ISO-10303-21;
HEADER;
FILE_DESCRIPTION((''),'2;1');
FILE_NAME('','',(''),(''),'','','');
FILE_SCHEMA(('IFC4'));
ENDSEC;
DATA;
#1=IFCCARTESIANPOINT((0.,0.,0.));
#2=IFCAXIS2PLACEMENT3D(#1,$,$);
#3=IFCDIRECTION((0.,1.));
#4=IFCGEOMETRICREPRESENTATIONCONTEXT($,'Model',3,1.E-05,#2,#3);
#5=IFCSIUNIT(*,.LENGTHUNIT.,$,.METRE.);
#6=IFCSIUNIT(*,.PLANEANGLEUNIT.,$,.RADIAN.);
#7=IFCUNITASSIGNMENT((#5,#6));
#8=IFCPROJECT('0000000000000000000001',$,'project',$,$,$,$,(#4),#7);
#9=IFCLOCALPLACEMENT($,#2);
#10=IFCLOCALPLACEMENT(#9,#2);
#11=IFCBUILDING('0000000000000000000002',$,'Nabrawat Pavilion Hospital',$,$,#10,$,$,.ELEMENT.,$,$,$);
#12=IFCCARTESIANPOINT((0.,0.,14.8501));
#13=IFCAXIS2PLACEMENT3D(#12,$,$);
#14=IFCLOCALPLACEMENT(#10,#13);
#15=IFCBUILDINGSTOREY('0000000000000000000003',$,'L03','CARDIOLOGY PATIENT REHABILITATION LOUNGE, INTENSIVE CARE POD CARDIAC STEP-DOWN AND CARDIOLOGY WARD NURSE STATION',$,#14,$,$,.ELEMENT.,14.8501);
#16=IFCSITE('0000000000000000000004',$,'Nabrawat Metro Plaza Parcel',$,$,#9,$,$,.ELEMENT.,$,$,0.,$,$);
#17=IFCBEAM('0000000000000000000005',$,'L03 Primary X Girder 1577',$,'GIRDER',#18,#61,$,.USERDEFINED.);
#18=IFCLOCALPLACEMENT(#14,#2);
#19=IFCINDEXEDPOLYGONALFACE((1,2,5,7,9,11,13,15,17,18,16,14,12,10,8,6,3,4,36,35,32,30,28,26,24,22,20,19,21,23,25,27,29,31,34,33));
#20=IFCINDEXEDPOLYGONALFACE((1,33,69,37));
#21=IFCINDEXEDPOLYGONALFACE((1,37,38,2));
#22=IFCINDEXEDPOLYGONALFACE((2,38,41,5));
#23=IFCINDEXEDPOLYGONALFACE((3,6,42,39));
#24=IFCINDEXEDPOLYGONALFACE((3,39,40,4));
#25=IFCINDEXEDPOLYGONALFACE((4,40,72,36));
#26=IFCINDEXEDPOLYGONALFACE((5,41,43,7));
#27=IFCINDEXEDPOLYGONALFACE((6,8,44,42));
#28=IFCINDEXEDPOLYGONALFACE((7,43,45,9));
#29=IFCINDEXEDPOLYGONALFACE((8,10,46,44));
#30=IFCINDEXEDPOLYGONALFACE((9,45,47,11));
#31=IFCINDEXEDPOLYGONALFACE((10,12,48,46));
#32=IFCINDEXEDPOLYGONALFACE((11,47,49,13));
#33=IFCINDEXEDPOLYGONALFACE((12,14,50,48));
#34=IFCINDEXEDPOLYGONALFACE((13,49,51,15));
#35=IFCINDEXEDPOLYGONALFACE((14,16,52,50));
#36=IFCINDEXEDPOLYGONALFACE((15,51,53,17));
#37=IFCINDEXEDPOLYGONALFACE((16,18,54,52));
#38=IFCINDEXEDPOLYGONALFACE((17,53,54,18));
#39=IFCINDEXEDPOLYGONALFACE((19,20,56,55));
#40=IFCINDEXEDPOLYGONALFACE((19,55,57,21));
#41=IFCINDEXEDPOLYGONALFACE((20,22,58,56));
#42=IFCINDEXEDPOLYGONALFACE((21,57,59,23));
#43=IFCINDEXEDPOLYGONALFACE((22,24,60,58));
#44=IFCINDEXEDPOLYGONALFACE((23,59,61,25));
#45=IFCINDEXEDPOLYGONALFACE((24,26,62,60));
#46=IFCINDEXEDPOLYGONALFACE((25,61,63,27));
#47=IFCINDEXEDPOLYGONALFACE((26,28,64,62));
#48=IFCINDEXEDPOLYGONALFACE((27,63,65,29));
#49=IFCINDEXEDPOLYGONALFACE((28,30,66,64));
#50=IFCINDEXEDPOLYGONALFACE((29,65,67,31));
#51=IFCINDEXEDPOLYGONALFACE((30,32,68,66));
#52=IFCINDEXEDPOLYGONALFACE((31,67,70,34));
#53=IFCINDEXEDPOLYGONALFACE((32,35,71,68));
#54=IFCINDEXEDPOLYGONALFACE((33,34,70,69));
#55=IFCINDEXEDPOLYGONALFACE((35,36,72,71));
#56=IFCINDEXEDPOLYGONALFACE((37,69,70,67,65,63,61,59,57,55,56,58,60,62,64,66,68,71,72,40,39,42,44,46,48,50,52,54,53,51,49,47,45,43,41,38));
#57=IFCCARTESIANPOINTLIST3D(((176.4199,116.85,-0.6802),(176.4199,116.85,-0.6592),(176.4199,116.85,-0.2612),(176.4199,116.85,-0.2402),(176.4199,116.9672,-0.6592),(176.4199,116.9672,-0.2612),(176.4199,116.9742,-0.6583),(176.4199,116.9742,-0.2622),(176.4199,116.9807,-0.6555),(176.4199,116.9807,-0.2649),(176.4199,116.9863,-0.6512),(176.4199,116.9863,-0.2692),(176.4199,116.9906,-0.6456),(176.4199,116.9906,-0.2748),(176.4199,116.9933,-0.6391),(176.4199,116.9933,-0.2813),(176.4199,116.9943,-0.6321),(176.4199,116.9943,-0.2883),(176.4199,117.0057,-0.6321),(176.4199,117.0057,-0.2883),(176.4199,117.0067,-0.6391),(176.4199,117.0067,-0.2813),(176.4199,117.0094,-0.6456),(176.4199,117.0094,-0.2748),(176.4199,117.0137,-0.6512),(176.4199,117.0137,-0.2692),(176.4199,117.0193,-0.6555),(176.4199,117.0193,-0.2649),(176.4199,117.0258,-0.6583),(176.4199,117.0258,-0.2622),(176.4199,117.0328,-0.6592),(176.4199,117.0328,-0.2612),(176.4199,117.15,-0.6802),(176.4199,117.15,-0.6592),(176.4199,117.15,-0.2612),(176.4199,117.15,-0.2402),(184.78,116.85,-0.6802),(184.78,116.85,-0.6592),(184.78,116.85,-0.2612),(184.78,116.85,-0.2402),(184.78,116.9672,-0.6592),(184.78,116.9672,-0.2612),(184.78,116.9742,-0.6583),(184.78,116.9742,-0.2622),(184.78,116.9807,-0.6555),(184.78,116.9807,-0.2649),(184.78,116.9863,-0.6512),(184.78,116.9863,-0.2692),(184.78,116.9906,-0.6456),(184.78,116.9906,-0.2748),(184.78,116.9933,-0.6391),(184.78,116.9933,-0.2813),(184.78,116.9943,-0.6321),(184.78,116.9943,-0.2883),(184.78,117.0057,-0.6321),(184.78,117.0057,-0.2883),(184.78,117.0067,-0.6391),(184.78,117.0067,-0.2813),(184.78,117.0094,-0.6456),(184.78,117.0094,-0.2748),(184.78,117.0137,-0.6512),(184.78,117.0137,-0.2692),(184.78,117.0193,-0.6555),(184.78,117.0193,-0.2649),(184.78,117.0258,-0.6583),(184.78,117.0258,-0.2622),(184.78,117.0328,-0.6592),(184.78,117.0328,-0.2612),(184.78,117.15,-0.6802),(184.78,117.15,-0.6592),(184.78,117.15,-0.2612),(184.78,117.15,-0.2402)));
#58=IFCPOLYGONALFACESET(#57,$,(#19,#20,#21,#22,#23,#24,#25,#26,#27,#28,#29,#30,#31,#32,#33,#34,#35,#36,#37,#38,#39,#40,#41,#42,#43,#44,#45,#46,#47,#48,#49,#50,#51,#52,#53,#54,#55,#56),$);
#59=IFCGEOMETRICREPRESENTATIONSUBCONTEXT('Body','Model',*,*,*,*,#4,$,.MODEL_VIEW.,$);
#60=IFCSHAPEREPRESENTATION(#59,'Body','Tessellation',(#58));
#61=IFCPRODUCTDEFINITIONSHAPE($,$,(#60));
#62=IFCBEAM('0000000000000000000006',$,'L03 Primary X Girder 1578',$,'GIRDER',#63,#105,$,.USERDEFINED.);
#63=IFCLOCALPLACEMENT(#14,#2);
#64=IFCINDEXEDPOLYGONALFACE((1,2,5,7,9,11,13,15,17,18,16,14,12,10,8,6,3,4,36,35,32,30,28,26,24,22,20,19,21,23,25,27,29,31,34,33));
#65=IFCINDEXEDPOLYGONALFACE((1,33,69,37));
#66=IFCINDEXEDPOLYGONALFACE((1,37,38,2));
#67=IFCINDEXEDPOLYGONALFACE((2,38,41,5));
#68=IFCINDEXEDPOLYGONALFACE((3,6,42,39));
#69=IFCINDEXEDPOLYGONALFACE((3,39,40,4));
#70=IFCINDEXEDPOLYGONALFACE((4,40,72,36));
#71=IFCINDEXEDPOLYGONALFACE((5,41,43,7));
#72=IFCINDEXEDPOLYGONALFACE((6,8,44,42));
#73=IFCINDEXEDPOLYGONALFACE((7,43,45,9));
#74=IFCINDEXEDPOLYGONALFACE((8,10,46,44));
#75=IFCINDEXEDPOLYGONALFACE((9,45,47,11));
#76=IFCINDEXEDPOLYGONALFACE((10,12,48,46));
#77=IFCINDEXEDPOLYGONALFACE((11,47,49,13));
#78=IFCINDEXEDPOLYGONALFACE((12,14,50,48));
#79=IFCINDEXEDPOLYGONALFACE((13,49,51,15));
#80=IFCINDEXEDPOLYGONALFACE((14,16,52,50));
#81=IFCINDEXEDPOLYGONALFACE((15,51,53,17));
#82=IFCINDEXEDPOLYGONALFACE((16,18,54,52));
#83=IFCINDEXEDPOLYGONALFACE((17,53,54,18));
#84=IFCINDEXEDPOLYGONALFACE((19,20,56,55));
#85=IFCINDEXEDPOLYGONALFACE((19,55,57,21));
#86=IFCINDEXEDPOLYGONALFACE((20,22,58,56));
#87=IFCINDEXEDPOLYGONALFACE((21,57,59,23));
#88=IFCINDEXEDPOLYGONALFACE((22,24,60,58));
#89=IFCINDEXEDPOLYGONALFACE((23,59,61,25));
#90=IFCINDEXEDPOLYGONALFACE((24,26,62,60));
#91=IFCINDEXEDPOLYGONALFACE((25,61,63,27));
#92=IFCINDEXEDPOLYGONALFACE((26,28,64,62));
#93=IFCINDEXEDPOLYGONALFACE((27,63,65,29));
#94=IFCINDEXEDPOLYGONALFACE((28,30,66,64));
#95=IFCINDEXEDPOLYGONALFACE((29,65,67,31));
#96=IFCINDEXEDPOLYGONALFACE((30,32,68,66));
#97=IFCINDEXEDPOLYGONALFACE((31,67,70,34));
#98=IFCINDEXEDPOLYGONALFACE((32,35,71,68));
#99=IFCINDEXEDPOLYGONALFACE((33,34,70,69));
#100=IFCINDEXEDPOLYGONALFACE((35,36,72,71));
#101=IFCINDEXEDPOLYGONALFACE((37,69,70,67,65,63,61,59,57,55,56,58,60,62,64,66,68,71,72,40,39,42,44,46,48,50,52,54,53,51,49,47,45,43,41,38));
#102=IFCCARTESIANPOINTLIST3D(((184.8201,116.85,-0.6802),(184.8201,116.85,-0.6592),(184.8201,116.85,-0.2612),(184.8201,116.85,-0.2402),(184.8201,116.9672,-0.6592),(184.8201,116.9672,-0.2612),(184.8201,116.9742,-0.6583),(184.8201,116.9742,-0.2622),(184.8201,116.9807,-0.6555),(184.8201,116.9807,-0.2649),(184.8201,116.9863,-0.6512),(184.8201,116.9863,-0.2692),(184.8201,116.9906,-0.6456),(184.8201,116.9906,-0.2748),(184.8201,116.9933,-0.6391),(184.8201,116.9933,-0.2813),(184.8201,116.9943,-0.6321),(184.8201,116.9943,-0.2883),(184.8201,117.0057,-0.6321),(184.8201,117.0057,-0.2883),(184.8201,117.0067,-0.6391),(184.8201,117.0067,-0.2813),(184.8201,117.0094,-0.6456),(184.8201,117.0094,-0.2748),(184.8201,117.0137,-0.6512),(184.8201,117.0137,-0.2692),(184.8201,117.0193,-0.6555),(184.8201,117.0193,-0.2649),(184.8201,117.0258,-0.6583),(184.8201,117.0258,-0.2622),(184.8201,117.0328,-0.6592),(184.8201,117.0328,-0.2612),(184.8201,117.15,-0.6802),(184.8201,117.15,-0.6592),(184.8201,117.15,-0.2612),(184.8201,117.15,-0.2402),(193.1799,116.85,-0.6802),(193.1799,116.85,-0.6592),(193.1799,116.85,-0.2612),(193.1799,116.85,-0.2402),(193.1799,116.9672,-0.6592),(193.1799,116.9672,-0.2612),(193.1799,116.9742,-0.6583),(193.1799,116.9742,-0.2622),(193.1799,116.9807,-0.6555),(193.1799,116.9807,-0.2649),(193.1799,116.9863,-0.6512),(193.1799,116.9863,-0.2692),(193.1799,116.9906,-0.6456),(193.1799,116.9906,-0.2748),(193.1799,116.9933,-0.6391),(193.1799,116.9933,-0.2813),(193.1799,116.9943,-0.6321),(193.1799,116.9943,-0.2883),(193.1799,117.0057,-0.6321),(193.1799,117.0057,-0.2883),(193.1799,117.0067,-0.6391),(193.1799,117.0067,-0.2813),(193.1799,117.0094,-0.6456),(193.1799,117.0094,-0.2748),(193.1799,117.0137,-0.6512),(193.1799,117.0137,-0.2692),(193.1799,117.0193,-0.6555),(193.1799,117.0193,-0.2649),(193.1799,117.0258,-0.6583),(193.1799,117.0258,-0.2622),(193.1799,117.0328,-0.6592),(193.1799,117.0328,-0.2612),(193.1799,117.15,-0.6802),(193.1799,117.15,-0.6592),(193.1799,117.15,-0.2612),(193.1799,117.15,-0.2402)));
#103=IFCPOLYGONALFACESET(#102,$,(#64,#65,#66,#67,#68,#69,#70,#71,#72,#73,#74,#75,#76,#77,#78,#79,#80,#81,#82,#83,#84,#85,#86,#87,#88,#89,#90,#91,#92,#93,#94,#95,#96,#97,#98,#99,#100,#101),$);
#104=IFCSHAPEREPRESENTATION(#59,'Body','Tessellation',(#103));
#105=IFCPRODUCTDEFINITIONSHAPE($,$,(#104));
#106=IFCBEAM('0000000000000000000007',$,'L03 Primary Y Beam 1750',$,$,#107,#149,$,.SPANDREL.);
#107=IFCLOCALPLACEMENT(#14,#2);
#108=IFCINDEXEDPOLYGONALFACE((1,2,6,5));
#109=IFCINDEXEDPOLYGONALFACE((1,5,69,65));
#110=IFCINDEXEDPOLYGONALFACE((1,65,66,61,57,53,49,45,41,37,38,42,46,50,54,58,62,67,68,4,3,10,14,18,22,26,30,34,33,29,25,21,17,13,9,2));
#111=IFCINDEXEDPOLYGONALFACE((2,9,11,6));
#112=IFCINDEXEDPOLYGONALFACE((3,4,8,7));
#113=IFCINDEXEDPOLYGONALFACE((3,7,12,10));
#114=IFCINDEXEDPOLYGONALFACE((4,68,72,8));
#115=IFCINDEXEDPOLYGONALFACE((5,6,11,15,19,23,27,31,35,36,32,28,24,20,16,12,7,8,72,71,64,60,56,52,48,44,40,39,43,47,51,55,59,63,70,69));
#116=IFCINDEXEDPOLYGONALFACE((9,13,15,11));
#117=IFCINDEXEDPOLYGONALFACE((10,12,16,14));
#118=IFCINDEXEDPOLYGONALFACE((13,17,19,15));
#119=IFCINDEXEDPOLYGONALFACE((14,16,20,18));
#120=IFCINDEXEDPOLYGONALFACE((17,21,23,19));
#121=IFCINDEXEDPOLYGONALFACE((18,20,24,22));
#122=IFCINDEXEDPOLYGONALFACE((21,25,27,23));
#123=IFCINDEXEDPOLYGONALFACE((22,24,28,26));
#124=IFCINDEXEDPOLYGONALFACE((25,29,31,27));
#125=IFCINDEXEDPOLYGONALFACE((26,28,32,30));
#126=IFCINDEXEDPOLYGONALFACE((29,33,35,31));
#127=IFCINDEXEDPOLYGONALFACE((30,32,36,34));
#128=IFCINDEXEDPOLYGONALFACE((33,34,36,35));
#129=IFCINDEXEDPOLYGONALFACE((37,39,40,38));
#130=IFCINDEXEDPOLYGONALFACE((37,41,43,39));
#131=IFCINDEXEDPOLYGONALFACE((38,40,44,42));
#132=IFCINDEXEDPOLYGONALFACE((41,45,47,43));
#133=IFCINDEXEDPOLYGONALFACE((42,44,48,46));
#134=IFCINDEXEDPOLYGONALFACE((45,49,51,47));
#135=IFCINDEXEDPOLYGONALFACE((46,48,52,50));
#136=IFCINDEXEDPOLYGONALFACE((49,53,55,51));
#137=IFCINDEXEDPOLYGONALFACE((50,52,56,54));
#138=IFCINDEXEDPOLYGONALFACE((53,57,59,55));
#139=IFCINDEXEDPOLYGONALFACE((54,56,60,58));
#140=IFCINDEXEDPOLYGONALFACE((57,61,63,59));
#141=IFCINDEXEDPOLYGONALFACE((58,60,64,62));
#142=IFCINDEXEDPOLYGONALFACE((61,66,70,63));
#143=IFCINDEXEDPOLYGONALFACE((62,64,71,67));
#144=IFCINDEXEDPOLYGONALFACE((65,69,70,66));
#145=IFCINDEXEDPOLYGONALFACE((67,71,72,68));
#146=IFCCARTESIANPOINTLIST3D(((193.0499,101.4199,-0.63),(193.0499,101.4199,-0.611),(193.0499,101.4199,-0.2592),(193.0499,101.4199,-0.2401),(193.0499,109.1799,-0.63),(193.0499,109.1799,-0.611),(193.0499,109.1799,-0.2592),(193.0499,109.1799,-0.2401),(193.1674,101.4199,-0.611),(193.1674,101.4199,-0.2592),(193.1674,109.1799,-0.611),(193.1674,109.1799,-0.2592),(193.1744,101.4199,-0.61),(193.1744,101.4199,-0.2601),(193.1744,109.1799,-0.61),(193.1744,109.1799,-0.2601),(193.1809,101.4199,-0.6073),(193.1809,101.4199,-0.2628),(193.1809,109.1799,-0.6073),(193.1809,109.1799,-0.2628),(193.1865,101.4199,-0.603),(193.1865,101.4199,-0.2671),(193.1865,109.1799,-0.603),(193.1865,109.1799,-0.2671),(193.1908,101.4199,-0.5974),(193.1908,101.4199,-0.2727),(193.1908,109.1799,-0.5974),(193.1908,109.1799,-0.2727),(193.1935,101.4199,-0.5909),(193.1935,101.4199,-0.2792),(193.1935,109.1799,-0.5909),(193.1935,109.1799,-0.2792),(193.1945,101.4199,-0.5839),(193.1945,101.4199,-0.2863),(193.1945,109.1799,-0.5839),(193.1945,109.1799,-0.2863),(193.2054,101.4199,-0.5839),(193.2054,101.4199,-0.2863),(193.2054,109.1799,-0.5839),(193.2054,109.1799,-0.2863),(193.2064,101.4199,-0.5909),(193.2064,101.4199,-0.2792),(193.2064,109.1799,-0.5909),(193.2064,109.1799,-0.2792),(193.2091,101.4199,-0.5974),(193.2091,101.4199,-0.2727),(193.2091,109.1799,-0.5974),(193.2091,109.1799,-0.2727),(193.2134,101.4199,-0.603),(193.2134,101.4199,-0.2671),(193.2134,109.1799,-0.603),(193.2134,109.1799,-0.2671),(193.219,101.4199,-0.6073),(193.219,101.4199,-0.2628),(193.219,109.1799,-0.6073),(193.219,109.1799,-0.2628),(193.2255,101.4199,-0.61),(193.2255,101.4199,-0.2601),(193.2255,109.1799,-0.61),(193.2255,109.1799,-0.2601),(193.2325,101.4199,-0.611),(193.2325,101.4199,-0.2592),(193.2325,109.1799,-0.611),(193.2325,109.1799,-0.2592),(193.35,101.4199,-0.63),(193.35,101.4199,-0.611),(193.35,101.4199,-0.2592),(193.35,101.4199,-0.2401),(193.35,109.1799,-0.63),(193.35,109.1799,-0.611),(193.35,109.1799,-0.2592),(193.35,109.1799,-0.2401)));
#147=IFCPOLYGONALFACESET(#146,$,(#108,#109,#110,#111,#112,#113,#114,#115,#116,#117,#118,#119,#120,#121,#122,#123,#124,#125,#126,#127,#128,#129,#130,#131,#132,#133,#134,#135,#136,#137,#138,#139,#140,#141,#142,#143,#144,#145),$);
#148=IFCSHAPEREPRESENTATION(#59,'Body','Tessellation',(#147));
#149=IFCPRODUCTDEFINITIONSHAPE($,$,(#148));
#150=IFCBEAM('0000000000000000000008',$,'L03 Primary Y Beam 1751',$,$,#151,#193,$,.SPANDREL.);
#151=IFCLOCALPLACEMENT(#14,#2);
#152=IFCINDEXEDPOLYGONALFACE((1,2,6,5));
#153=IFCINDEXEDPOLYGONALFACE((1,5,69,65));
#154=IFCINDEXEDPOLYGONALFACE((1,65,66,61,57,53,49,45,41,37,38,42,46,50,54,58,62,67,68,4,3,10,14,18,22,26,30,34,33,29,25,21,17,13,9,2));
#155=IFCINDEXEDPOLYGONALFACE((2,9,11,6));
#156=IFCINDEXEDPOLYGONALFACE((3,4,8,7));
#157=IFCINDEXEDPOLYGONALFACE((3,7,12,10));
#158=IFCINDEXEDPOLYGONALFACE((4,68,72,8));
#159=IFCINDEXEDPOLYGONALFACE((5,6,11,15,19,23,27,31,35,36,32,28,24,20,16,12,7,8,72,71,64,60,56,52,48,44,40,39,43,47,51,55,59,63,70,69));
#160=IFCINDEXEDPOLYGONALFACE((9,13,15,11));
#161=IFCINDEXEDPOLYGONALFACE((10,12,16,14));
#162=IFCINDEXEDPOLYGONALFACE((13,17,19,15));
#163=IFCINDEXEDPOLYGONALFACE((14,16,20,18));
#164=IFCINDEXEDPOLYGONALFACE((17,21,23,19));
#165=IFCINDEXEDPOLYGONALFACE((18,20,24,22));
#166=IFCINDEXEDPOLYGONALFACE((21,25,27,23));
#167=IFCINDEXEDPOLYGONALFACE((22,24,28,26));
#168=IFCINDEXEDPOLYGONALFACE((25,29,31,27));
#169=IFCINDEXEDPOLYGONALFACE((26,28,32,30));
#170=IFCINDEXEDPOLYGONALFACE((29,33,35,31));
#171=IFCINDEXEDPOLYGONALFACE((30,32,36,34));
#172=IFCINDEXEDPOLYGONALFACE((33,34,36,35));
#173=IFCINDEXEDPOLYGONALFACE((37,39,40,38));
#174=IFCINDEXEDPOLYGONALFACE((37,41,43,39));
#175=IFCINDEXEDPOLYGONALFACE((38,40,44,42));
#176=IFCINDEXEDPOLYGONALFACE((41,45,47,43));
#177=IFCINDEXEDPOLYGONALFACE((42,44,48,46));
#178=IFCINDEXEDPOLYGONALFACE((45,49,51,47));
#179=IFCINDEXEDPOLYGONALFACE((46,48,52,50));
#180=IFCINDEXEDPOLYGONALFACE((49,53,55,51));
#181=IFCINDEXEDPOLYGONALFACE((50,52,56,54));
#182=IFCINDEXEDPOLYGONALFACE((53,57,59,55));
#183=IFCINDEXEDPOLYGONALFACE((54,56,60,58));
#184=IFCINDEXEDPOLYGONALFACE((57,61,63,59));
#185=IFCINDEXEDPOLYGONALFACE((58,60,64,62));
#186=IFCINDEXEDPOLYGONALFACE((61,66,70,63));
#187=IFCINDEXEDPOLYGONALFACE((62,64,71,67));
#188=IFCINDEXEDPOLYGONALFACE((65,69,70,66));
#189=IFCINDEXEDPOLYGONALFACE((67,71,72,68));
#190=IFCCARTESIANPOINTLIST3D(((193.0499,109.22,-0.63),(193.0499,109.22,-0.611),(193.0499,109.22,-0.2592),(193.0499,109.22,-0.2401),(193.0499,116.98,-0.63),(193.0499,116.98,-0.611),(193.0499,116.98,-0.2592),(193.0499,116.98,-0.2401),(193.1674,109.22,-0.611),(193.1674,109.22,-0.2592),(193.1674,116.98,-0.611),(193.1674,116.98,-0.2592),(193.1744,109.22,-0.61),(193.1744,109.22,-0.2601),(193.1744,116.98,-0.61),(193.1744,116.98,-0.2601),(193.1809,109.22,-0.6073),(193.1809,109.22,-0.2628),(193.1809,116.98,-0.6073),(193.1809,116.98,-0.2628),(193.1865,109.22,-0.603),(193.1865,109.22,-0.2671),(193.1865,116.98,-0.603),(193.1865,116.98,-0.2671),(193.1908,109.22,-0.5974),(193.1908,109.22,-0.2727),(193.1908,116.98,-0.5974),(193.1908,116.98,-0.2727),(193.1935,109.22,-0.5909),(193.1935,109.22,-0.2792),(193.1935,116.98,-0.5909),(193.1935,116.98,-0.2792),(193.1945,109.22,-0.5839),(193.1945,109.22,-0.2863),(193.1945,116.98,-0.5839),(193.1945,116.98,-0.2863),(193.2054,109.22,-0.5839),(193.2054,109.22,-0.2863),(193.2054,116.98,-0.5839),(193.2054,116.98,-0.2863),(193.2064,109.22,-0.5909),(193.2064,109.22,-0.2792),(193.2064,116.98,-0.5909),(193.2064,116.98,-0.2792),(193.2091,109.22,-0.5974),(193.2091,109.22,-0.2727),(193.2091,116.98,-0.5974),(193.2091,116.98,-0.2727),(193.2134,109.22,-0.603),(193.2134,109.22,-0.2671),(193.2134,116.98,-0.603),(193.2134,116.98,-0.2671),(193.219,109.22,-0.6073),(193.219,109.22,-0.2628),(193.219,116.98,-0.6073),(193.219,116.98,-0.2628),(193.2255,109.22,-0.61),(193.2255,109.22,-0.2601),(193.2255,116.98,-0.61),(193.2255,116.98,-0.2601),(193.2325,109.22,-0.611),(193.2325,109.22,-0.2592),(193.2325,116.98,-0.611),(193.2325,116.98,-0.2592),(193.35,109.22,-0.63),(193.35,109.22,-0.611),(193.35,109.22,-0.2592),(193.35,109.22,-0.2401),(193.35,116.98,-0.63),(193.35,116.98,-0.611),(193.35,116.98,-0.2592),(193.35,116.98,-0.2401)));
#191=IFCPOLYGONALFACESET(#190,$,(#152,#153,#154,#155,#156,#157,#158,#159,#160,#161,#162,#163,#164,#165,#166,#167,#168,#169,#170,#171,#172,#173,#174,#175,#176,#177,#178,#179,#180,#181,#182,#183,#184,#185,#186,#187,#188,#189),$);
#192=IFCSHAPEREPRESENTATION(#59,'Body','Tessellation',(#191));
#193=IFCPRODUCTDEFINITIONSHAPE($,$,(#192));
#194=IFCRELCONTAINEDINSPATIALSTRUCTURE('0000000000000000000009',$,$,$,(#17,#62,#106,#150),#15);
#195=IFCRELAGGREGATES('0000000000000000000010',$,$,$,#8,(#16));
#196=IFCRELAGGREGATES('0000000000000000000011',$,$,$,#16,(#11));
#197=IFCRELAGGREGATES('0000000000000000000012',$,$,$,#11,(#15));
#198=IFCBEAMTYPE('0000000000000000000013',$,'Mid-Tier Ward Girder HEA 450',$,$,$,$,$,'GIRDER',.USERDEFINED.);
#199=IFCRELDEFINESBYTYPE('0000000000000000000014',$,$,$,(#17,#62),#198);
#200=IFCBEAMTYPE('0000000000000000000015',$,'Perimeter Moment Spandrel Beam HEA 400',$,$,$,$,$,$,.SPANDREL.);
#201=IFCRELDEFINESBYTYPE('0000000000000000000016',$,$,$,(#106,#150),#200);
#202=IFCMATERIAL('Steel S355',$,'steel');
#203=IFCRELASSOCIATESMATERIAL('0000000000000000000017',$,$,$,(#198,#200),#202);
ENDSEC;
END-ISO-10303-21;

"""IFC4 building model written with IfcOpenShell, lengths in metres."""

from ifc_helpers import new_model, si_unit, direction, frame, origin, origin_2d, place, context, subcontext, project, spatial, i_section, extrude, material, material_profile, profile_set, type_object, element, save


model = new_model("IFC4")

# Units and contexts
model_context = context("Model", 3, precision=1e-05, world=origin(), true_north=direction((0.0, 1.0)))
body_context = subcontext(model_context, "Body", "Model", "MODEL_VIEW")
ifc_project = project(units=[si_unit("LENGTHUNIT", "METRE"), si_unit("PLANEANGLEUNIT", "RADIAN")], contexts=[model_context])

# Site, building, storey
site_placement = place(None, origin())
site = spatial("IfcSite", under=ifc_project, at=site_placement, Name="Nabrawat Metro Plaza Parcel", CompositionType="ELEMENT", RefElevation=0.0)
building_placement = place(site_placement, origin())
building = spatial("IfcBuilding", under=site, at=building_placement, Name="Nabrawat Pavilion Hospital", CompositionType="ELEMENT")
storey_placement = place(building_placement, frame((0.0, 0.0, 14.8501)))
storey = spatial("IfcBuildingStorey", under=building, at=storey_placement, Name="L03", Description="CARDIOLOGY PATIENT REHABILITATION LOUNGE, INTENSIVE CARE POD CARDIAC STEP-DOWN AND CARDIOLOGY WARD NURSE STATION", CompositionType="ELEMENT", Elevation=14.8501)

# Shared definitions
ifc_material_1 = material(Name="Steel S355", Category="steel")

# Beams
ifc_material_profile_1 = material_profile(ifc_material_1, i_section(OverallWidth=0.3, OverallDepth=0.4399, WebThickness=0.0115, FlangeThickness=0.021, FilletRadius=0.0271, at=origin_2d()), Name="HEA 450")
ifc_profile_set_1 = profile_set([ifc_material_profile_1], Name="Steel S355")
beam_type_1 = type_object("IfcBeamType", Name="Mid-Tier Ward Girder HEA 450", ElementType="GIRDER", PredefinedType="USERDEFINED", material=ifc_profile_set_1)
beam_1_placement = place(storey_placement, frame((176.4199, 117.0, -0.4602), z_axis=(1.0, 0.0, 0.0), x_axis=(0.0, 1.0, 0.0)))
element("IfcBeam", 1, at=beam_1_placement, inside=storey, type_object=beam_type_1, Name="L03 Primary X Girder 1577", ObjectType="GIRDER", PredefinedType="USERDEFINED", context=body_context, shape_type="SweptSolid", body=[
    extrude(i_section(OverallWidth=0.3, OverallDepth=0.4399, WebThickness=0.0115, FlangeThickness=0.021, FilletRadius=0.0271, at=origin_2d()), origin(), (0.0, 0.0, 1.0), 8.3601),
])
beam_2_placement = place(storey_placement, frame((184.8201, 117.0, -0.4602), z_axis=(1.0, 0.0, 0.0), x_axis=(0.0, 1.0, 0.0)))
element("IfcBeam", 2, at=beam_2_placement, inside=storey, type_object=beam_type_1, Name="L03 Primary X Girder 1578", ObjectType="GIRDER", PredefinedType="USERDEFINED", context=body_context, shape_type="SweptSolid", body=[
    extrude(i_section(OverallWidth=0.3, OverallDepth=0.4399, WebThickness=0.0115, FlangeThickness=0.021, FilletRadius=0.0271, at=origin_2d()), origin(), (0.0, 0.0, 1.0), 8.3599),
])
ifc_material_profile_2 = material_profile(ifc_material_1, i_section(OverallWidth=0.3, OverallDepth=0.3899, WebThickness=0.011, FlangeThickness=0.019, FilletRadius=0.0271, at=origin_2d()), Name="HEA 400")
ifc_profile_set_2 = profile_set([ifc_material_profile_2], Name="Steel S355")
beam_type_2 = type_object("IfcBeamType", Name="Perimeter Moment Spandrel Beam HEA 400", PredefinedType="SPANDREL", material=ifc_profile_set_2)
for number, where, z_axis, x_axis, name in (
    (3, (193.2, 101.4199, -0.4351), (0.0, 1.0, 0.0), (-1.0, 0.0, 0.0), "L03 Primary Y Beam 1750"),
    (4, (193.2, 109.22, -0.4351), (0.0, 1.0, 0.0), (-1.0, 0.0, 0.0), "L03 Primary Y Beam 1751"),
):
    element("IfcBeam", number, at=place(storey_placement, frame(where, z_axis=z_axis, x_axis=x_axis)), inside=storey, type_object=beam_type_2, Name=name, PredefinedType="SPANDREL", context=body_context, shape_type="SweptSolid", body=[
        extrude(i_section(OverallWidth=0.3, OverallDepth=0.3899, WebThickness=0.011, FlangeThickness=0.019, FilletRadius=0.0271, at=origin_2d()), origin(), (0.0, 0.0, 1.0), 7.76),
    ])

save(model, "model.ifc")
